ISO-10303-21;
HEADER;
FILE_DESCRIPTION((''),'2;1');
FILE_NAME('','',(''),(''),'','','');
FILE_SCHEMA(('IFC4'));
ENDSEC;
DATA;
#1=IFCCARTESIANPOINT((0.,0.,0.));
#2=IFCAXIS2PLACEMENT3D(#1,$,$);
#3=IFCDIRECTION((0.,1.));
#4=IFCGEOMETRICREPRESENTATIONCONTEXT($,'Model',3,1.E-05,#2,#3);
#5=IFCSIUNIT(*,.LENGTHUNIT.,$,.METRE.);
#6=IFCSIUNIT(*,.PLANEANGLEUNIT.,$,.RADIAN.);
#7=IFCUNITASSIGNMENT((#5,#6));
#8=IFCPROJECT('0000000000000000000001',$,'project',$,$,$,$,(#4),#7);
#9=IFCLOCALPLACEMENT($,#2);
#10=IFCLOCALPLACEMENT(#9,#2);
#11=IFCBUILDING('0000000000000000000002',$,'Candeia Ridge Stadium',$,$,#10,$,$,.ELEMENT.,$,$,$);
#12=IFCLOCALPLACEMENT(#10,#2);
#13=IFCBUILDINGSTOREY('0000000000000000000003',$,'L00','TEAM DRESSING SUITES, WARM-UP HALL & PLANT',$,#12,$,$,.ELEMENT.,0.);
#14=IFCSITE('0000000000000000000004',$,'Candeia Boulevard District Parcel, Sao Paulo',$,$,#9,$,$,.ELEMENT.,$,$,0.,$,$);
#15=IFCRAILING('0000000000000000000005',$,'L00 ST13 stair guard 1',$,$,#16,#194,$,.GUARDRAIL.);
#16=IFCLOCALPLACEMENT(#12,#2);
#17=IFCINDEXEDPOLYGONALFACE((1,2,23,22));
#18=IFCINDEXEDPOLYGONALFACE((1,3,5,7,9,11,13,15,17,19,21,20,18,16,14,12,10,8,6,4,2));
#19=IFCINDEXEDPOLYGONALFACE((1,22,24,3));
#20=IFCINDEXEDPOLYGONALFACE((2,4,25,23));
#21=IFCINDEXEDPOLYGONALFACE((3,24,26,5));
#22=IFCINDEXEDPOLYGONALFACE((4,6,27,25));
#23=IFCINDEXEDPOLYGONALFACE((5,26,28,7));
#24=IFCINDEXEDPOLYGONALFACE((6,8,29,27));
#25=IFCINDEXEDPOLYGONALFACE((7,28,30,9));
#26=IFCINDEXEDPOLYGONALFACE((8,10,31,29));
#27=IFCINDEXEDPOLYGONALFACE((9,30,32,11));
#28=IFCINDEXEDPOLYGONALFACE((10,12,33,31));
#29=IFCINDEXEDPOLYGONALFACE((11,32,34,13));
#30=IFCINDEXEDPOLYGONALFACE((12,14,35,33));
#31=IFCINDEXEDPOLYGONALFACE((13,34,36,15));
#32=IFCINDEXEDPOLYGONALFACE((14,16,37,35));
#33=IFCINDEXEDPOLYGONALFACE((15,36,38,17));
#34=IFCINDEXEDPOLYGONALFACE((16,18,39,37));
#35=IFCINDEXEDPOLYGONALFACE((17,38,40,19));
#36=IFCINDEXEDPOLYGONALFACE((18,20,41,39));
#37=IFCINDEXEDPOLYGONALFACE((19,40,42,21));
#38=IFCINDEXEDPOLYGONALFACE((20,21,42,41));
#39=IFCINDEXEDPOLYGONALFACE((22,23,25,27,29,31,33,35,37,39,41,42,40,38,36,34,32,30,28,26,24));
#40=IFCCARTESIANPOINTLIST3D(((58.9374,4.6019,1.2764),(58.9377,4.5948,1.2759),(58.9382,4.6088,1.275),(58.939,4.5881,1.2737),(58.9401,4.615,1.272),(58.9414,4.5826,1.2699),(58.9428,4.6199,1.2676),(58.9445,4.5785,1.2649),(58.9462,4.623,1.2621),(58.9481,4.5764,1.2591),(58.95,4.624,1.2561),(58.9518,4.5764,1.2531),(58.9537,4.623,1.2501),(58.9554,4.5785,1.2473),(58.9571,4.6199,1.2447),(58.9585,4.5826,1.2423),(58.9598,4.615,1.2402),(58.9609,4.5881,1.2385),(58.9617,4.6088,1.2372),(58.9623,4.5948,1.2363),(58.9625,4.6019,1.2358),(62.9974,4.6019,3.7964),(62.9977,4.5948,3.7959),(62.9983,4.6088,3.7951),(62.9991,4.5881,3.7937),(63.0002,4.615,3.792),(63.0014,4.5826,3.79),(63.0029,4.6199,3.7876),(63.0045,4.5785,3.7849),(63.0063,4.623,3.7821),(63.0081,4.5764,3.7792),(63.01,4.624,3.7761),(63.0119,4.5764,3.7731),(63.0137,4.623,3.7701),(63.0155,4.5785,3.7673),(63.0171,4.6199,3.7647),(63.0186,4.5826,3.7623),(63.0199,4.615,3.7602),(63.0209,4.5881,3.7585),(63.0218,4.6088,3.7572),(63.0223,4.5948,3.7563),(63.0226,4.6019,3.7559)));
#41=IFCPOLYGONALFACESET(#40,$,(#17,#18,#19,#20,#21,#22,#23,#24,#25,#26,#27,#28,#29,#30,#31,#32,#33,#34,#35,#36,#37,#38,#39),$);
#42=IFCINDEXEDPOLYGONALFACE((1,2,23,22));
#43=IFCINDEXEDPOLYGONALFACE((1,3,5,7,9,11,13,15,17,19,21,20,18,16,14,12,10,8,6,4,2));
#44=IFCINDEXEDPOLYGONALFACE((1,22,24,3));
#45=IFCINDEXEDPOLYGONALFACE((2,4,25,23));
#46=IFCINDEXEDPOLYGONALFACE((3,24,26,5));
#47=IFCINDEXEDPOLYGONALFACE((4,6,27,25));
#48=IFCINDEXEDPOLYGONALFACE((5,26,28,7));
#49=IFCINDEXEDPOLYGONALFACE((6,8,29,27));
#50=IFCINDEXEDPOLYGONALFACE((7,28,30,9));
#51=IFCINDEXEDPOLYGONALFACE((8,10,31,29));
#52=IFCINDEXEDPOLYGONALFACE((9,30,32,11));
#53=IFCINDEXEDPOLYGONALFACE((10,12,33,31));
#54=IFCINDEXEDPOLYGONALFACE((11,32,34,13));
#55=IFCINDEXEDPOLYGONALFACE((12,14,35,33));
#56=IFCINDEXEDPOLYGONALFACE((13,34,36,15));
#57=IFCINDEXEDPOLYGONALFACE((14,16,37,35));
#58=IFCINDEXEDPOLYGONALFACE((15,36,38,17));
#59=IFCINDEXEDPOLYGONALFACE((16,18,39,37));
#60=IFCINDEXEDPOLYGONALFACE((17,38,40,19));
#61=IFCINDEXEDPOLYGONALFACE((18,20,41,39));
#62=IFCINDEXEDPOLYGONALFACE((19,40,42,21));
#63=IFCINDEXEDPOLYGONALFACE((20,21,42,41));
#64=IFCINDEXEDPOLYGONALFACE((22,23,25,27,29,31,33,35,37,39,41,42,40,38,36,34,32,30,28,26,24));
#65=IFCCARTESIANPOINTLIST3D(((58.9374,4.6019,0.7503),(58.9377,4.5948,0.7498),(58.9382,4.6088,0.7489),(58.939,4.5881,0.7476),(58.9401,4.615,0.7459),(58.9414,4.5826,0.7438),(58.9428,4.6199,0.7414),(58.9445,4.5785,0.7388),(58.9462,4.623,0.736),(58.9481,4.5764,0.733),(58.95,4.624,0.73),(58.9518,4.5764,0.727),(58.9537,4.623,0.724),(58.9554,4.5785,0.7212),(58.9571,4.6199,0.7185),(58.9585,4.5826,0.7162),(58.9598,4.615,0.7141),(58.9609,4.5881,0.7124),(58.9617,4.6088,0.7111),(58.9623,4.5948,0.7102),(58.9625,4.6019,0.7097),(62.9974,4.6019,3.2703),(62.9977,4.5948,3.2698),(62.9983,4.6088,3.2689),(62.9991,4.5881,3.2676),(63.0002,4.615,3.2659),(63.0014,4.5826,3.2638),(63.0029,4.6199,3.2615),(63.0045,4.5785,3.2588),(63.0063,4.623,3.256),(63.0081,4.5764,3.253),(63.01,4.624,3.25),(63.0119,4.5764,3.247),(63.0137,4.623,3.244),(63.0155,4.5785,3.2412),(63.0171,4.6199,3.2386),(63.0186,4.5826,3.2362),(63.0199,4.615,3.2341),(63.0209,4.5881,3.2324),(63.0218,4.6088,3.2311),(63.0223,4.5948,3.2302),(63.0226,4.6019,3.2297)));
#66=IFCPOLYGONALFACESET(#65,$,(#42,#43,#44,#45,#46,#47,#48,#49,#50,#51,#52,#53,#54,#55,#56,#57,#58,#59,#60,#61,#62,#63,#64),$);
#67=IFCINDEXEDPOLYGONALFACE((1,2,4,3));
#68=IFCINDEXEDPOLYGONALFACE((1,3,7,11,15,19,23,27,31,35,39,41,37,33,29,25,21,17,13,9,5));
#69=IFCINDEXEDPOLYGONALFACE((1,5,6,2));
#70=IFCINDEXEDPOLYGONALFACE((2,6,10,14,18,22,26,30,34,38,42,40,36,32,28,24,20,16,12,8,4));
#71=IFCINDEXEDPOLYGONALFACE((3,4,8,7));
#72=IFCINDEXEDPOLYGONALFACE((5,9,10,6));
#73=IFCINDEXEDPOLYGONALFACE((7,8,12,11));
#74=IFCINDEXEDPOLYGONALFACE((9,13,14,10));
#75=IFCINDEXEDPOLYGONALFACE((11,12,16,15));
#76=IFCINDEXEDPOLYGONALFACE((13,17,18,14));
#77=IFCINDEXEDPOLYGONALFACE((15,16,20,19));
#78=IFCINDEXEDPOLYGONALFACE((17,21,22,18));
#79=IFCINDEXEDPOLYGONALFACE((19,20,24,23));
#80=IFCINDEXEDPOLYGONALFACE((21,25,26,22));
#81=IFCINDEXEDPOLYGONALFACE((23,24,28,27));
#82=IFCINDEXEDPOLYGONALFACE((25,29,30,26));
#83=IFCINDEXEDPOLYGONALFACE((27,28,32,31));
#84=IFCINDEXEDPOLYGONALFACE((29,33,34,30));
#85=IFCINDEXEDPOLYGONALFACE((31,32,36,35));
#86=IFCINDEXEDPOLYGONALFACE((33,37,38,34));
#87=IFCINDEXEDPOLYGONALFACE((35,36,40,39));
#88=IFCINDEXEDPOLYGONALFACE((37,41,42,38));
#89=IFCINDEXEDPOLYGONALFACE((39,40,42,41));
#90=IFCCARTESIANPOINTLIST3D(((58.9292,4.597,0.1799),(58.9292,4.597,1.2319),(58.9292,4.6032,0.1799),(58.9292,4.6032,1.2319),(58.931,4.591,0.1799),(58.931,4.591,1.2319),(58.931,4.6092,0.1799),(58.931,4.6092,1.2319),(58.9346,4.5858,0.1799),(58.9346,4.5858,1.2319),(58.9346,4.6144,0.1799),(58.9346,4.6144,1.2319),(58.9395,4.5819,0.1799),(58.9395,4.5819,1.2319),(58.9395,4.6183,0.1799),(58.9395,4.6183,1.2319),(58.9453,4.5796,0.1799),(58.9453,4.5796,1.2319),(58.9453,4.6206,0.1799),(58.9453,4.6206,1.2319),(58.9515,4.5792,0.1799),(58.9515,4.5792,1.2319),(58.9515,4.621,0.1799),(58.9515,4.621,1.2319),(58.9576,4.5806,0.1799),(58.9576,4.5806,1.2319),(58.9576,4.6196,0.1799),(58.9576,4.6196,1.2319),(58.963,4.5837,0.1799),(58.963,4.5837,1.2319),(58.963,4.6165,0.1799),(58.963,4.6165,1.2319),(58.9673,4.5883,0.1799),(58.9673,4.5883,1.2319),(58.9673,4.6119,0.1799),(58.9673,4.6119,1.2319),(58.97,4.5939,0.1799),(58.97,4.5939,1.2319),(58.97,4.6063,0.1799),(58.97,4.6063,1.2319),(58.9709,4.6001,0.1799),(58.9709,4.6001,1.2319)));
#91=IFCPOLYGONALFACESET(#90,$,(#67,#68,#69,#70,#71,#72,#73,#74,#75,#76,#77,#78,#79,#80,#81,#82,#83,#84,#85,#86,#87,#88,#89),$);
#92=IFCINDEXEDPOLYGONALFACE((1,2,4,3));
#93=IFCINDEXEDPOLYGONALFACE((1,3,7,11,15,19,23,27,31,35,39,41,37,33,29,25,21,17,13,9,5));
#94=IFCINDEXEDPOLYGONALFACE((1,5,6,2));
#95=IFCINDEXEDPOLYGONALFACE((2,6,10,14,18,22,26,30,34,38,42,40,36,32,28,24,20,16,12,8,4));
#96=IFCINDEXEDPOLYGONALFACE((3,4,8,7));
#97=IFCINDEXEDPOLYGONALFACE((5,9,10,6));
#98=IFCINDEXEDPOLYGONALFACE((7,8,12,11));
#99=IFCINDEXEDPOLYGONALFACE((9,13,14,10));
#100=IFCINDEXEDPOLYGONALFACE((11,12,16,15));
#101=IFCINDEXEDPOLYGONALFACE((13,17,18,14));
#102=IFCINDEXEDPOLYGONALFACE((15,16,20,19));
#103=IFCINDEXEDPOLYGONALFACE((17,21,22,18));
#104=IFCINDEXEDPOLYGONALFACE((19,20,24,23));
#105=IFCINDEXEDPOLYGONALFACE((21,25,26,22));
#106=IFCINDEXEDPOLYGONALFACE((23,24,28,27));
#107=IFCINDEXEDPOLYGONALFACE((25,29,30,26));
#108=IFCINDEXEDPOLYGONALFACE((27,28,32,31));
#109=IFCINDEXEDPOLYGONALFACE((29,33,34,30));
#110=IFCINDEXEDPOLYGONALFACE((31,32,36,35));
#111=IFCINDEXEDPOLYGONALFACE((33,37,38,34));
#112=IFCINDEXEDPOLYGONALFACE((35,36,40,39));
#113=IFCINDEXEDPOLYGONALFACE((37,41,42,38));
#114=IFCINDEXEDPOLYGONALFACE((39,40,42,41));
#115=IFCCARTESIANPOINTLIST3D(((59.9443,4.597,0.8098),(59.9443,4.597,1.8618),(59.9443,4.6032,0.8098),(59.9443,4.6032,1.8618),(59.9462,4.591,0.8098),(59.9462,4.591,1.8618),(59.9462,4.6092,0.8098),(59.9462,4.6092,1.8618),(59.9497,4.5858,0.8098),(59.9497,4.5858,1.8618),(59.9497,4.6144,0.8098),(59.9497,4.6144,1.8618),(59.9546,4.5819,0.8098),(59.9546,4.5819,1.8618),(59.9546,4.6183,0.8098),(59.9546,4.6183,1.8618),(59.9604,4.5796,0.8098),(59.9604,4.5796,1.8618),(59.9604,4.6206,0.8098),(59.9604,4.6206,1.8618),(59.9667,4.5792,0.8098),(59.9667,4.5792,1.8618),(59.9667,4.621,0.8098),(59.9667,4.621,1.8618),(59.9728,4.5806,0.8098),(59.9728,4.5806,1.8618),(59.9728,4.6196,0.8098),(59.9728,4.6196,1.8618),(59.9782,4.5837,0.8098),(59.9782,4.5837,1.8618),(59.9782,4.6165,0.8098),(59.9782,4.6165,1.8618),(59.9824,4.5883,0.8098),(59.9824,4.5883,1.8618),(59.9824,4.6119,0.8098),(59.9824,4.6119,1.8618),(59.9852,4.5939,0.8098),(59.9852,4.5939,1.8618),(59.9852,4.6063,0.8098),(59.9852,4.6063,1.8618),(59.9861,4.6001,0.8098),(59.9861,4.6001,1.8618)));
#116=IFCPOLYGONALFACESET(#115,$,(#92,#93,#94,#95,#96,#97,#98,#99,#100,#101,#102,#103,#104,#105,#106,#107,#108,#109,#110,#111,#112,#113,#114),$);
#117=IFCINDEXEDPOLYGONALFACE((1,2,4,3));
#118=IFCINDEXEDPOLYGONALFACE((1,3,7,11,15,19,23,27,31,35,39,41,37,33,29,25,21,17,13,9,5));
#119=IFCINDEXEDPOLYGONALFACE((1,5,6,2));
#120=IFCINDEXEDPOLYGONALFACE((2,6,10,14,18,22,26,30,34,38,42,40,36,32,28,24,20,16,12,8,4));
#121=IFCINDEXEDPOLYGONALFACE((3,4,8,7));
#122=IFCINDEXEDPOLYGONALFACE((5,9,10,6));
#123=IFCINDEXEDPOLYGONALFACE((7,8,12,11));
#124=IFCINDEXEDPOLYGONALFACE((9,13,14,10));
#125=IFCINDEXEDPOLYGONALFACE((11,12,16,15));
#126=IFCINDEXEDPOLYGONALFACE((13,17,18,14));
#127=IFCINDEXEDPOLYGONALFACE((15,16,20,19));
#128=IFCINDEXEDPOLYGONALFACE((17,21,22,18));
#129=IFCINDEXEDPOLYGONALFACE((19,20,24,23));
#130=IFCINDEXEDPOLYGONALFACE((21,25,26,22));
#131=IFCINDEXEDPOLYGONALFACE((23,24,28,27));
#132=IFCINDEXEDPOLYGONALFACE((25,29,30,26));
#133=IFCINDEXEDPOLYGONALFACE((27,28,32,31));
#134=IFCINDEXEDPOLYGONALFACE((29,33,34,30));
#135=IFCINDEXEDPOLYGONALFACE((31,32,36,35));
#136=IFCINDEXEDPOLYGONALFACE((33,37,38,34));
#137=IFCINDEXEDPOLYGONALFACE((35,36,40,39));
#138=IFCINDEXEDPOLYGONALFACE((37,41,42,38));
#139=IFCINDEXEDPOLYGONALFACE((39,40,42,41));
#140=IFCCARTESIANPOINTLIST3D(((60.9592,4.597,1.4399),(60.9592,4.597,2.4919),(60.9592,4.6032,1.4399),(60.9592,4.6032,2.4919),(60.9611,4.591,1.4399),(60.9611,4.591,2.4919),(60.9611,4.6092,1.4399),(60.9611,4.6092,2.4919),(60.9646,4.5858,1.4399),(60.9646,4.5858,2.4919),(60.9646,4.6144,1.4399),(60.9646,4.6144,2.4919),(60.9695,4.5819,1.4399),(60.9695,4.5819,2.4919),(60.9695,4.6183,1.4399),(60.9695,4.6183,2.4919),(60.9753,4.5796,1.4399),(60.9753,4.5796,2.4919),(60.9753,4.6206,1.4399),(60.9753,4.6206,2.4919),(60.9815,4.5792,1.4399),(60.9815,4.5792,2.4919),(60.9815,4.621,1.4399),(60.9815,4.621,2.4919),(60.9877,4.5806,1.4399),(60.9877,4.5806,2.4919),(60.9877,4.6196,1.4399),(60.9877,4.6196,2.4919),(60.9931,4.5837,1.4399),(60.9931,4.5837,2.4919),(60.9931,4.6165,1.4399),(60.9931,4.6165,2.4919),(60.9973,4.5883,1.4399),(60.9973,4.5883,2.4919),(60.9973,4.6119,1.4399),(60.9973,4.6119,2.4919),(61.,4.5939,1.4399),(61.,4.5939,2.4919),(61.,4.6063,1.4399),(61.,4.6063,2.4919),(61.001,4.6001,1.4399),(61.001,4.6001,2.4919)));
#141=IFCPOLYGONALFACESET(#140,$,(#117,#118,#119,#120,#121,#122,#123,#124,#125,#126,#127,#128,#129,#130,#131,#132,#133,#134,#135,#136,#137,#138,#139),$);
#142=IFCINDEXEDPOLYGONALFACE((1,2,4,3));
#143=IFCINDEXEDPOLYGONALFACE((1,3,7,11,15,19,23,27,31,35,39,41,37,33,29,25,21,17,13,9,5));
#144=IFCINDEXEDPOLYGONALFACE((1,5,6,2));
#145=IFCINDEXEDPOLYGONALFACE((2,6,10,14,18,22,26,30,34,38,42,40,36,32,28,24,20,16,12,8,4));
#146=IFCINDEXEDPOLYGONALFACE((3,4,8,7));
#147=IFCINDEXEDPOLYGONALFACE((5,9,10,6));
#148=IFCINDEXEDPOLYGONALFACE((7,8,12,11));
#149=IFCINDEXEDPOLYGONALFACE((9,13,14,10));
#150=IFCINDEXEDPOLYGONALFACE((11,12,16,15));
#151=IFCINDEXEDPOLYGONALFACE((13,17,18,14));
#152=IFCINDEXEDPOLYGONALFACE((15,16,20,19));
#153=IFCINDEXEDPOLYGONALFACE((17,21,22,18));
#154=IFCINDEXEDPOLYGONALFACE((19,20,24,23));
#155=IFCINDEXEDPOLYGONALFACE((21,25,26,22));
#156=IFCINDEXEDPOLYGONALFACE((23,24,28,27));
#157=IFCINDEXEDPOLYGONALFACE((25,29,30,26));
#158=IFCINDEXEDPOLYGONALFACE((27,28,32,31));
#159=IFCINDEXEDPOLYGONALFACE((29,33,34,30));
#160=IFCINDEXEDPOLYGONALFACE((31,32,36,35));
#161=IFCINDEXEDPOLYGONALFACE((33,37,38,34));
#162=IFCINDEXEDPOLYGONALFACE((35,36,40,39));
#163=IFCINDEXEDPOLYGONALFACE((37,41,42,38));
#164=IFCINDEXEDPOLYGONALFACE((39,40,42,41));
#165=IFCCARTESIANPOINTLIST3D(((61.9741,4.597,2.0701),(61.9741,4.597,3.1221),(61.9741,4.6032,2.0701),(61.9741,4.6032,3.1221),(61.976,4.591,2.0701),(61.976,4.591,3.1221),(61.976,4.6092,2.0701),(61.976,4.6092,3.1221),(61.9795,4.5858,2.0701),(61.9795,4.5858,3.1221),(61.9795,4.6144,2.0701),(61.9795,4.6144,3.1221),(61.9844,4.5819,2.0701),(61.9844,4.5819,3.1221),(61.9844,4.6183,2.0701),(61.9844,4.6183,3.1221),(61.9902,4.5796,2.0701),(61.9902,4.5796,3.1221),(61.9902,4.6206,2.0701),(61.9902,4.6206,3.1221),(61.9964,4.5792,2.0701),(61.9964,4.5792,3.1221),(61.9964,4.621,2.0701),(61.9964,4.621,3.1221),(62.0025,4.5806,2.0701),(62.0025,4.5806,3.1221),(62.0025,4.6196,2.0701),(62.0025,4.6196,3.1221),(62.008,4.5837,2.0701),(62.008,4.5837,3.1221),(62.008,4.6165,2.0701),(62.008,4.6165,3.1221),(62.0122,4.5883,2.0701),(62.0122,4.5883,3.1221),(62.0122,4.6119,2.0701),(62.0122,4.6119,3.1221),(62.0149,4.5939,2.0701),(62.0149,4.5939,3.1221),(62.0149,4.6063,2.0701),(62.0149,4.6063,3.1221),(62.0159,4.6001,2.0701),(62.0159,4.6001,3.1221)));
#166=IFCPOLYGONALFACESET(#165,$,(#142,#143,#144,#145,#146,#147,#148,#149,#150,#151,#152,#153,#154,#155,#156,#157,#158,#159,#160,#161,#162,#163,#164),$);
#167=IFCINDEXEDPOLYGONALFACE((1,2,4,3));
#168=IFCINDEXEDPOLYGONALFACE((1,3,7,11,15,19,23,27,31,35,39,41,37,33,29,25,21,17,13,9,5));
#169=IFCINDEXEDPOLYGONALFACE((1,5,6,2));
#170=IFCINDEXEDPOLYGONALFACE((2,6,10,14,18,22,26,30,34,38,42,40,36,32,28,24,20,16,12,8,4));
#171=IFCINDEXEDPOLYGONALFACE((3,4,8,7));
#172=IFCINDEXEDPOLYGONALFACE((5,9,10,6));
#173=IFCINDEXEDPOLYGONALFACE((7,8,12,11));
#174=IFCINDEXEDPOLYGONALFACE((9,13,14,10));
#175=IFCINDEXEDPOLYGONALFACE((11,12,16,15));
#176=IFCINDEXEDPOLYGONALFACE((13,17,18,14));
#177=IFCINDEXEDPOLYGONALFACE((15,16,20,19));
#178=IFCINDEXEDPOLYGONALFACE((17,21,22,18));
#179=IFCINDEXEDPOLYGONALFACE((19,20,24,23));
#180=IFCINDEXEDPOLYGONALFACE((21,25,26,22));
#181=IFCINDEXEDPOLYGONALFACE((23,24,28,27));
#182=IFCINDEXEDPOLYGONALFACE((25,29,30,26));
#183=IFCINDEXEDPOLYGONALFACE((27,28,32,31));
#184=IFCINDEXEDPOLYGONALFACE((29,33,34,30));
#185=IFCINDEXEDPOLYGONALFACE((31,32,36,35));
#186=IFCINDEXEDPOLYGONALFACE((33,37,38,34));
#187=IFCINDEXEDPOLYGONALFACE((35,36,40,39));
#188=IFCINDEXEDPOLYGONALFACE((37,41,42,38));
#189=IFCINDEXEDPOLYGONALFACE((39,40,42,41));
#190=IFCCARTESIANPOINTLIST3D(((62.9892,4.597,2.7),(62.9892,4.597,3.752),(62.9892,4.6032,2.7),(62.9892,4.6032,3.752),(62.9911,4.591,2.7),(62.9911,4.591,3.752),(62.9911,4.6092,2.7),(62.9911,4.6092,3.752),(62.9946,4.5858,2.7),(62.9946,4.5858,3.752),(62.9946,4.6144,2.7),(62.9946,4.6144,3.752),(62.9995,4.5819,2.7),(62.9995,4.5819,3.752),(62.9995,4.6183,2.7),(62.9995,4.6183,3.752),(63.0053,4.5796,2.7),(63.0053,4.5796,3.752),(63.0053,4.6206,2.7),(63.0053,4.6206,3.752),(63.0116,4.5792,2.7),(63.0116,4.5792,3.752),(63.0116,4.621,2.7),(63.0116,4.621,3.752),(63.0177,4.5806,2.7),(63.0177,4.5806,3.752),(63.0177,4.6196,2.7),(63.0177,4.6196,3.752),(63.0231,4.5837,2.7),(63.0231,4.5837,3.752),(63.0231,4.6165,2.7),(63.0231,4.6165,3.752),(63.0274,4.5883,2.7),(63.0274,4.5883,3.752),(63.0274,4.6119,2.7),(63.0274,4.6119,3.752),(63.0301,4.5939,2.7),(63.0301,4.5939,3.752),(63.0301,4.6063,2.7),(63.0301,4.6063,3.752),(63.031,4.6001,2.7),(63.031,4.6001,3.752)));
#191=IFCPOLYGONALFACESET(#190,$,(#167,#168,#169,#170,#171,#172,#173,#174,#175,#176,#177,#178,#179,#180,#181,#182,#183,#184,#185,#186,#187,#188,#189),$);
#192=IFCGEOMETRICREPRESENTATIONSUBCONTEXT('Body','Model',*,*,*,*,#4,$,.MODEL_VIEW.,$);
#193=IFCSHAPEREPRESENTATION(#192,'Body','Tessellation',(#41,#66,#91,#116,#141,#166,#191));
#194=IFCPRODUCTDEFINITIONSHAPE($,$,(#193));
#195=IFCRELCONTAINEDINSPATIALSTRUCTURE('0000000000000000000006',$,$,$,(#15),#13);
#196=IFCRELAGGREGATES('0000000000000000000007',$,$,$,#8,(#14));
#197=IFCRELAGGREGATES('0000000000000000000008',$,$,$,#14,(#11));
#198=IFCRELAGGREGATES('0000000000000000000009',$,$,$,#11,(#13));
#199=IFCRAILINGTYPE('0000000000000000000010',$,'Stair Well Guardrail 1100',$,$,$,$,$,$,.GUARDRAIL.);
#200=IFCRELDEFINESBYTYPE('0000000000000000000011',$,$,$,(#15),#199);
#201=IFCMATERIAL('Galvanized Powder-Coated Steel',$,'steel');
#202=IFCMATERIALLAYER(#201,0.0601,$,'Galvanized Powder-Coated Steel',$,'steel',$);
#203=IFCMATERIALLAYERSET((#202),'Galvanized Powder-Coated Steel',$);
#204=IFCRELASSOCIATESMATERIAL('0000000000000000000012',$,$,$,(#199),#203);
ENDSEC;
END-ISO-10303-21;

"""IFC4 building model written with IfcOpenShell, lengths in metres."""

from ifc_helpers import new_model, si_unit, direction, frame, origin, origin_2d, place, context, subcontext, project, spatial, circle, extrude, material, layer, layer_set, type_object, element, save


model = new_model("IFC4")

# Units and contexts
model_context = context("Model", 3, precision=1e-05, world=origin(), true_north=direction((0.0, 1.0)))
body_context = subcontext(model_context, "Body", "Model", "MODEL_VIEW")
ifc_project = project(units=[si_unit("LENGTHUNIT", "METRE"), si_unit("PLANEANGLEUNIT", "RADIAN")], contexts=[model_context])

# Site, building, storey
site_placement = place(None, origin())
site = spatial("IfcSite", under=ifc_project, at=site_placement, Name="Candeia Boulevard District Parcel, Sao Paulo", CompositionType="ELEMENT", RefElevation=0.0)
building_placement = place(site_placement, origin())
building = spatial("IfcBuilding", under=site, at=building_placement, Name="Candeia Ridge Stadium", CompositionType="ELEMENT")
storey_placement = place(building_placement, origin())
storey = spatial("IfcBuildingStorey", under=building, at=storey_placement, Name="L00", Description="TEAM DRESSING SUITES, WARM-UP HALL & PLANT", CompositionType="ELEMENT", Elevation=0.0)

# Railing
ifc_material_1 = material(Name="Galvanized Powder-Coated Steel", Category="steel")
ifc_layer_1 = layer(ifc_material_1, 0.0601, Name="Galvanized Powder-Coated Steel", Category="steel")
ifc_layer_set_1 = layer_set([ifc_layer_1], Name="Galvanized Powder-Coated Steel")
railing_type_1 = type_object("IfcRailingType", Name="Stair Well Guardrail 1100", PredefinedType="GUARDRAIL", material=ifc_layer_set_1)
railing_1_placement = place(storey_placement, frame((58.95, 4.6001, 0.1799)))
element("IfcRailing", 1, at=railing_1_placement, inside=storey, type_object=railing_type_1, Name="L00 ST13 stair guard 1", PredefinedType="GUARDRAIL", context=body_context, shape_type="SweptSolid", body=[
    extrude(circle(Radius=0.0239, at=origin_2d()), frame((0.0, 0.0, 1.0762), z_axis=(0.849642, 0.0, 0.52736), x_axis=(0.0, 1.0, 0.0)), (0.0, 0.0, 1.0), 4.7786),
    extrude(circle(Radius=0.0239, at=origin_2d()), frame((0.0, 0.0, 0.55), z_axis=(0.849642, 0.0, 0.52736), x_axis=(0.0, 1.0, 0.0)), (0.0, 0.0, 1.0), 4.7786),
    extrude(circle(Radius=0.021, at=origin_2d()), origin(), (0.0, 0.0, 1.0), 1.052),
    extrude(circle(Radius=0.021, at=origin_2d()), frame((1.0151, 0.0, 0.6299)), (0.0, 0.0, 1.0), 1.052),
    extrude(circle(Radius=0.021, at=origin_2d()), frame((2.03, 0.0, 1.26)), (0.0, 0.0, 1.0), 1.052),
    extrude(circle(Radius=0.021, at=origin_2d()), frame((3.0449, 0.0, 1.8901)), (0.0, 0.0, 1.0), 1.052),
    extrude(circle(Radius=0.021, at=origin_2d()), frame((4.0601, 0.0, 2.52)), (0.0, 0.0, 1.0), 1.052),
])

save(model, "model.ifc")
